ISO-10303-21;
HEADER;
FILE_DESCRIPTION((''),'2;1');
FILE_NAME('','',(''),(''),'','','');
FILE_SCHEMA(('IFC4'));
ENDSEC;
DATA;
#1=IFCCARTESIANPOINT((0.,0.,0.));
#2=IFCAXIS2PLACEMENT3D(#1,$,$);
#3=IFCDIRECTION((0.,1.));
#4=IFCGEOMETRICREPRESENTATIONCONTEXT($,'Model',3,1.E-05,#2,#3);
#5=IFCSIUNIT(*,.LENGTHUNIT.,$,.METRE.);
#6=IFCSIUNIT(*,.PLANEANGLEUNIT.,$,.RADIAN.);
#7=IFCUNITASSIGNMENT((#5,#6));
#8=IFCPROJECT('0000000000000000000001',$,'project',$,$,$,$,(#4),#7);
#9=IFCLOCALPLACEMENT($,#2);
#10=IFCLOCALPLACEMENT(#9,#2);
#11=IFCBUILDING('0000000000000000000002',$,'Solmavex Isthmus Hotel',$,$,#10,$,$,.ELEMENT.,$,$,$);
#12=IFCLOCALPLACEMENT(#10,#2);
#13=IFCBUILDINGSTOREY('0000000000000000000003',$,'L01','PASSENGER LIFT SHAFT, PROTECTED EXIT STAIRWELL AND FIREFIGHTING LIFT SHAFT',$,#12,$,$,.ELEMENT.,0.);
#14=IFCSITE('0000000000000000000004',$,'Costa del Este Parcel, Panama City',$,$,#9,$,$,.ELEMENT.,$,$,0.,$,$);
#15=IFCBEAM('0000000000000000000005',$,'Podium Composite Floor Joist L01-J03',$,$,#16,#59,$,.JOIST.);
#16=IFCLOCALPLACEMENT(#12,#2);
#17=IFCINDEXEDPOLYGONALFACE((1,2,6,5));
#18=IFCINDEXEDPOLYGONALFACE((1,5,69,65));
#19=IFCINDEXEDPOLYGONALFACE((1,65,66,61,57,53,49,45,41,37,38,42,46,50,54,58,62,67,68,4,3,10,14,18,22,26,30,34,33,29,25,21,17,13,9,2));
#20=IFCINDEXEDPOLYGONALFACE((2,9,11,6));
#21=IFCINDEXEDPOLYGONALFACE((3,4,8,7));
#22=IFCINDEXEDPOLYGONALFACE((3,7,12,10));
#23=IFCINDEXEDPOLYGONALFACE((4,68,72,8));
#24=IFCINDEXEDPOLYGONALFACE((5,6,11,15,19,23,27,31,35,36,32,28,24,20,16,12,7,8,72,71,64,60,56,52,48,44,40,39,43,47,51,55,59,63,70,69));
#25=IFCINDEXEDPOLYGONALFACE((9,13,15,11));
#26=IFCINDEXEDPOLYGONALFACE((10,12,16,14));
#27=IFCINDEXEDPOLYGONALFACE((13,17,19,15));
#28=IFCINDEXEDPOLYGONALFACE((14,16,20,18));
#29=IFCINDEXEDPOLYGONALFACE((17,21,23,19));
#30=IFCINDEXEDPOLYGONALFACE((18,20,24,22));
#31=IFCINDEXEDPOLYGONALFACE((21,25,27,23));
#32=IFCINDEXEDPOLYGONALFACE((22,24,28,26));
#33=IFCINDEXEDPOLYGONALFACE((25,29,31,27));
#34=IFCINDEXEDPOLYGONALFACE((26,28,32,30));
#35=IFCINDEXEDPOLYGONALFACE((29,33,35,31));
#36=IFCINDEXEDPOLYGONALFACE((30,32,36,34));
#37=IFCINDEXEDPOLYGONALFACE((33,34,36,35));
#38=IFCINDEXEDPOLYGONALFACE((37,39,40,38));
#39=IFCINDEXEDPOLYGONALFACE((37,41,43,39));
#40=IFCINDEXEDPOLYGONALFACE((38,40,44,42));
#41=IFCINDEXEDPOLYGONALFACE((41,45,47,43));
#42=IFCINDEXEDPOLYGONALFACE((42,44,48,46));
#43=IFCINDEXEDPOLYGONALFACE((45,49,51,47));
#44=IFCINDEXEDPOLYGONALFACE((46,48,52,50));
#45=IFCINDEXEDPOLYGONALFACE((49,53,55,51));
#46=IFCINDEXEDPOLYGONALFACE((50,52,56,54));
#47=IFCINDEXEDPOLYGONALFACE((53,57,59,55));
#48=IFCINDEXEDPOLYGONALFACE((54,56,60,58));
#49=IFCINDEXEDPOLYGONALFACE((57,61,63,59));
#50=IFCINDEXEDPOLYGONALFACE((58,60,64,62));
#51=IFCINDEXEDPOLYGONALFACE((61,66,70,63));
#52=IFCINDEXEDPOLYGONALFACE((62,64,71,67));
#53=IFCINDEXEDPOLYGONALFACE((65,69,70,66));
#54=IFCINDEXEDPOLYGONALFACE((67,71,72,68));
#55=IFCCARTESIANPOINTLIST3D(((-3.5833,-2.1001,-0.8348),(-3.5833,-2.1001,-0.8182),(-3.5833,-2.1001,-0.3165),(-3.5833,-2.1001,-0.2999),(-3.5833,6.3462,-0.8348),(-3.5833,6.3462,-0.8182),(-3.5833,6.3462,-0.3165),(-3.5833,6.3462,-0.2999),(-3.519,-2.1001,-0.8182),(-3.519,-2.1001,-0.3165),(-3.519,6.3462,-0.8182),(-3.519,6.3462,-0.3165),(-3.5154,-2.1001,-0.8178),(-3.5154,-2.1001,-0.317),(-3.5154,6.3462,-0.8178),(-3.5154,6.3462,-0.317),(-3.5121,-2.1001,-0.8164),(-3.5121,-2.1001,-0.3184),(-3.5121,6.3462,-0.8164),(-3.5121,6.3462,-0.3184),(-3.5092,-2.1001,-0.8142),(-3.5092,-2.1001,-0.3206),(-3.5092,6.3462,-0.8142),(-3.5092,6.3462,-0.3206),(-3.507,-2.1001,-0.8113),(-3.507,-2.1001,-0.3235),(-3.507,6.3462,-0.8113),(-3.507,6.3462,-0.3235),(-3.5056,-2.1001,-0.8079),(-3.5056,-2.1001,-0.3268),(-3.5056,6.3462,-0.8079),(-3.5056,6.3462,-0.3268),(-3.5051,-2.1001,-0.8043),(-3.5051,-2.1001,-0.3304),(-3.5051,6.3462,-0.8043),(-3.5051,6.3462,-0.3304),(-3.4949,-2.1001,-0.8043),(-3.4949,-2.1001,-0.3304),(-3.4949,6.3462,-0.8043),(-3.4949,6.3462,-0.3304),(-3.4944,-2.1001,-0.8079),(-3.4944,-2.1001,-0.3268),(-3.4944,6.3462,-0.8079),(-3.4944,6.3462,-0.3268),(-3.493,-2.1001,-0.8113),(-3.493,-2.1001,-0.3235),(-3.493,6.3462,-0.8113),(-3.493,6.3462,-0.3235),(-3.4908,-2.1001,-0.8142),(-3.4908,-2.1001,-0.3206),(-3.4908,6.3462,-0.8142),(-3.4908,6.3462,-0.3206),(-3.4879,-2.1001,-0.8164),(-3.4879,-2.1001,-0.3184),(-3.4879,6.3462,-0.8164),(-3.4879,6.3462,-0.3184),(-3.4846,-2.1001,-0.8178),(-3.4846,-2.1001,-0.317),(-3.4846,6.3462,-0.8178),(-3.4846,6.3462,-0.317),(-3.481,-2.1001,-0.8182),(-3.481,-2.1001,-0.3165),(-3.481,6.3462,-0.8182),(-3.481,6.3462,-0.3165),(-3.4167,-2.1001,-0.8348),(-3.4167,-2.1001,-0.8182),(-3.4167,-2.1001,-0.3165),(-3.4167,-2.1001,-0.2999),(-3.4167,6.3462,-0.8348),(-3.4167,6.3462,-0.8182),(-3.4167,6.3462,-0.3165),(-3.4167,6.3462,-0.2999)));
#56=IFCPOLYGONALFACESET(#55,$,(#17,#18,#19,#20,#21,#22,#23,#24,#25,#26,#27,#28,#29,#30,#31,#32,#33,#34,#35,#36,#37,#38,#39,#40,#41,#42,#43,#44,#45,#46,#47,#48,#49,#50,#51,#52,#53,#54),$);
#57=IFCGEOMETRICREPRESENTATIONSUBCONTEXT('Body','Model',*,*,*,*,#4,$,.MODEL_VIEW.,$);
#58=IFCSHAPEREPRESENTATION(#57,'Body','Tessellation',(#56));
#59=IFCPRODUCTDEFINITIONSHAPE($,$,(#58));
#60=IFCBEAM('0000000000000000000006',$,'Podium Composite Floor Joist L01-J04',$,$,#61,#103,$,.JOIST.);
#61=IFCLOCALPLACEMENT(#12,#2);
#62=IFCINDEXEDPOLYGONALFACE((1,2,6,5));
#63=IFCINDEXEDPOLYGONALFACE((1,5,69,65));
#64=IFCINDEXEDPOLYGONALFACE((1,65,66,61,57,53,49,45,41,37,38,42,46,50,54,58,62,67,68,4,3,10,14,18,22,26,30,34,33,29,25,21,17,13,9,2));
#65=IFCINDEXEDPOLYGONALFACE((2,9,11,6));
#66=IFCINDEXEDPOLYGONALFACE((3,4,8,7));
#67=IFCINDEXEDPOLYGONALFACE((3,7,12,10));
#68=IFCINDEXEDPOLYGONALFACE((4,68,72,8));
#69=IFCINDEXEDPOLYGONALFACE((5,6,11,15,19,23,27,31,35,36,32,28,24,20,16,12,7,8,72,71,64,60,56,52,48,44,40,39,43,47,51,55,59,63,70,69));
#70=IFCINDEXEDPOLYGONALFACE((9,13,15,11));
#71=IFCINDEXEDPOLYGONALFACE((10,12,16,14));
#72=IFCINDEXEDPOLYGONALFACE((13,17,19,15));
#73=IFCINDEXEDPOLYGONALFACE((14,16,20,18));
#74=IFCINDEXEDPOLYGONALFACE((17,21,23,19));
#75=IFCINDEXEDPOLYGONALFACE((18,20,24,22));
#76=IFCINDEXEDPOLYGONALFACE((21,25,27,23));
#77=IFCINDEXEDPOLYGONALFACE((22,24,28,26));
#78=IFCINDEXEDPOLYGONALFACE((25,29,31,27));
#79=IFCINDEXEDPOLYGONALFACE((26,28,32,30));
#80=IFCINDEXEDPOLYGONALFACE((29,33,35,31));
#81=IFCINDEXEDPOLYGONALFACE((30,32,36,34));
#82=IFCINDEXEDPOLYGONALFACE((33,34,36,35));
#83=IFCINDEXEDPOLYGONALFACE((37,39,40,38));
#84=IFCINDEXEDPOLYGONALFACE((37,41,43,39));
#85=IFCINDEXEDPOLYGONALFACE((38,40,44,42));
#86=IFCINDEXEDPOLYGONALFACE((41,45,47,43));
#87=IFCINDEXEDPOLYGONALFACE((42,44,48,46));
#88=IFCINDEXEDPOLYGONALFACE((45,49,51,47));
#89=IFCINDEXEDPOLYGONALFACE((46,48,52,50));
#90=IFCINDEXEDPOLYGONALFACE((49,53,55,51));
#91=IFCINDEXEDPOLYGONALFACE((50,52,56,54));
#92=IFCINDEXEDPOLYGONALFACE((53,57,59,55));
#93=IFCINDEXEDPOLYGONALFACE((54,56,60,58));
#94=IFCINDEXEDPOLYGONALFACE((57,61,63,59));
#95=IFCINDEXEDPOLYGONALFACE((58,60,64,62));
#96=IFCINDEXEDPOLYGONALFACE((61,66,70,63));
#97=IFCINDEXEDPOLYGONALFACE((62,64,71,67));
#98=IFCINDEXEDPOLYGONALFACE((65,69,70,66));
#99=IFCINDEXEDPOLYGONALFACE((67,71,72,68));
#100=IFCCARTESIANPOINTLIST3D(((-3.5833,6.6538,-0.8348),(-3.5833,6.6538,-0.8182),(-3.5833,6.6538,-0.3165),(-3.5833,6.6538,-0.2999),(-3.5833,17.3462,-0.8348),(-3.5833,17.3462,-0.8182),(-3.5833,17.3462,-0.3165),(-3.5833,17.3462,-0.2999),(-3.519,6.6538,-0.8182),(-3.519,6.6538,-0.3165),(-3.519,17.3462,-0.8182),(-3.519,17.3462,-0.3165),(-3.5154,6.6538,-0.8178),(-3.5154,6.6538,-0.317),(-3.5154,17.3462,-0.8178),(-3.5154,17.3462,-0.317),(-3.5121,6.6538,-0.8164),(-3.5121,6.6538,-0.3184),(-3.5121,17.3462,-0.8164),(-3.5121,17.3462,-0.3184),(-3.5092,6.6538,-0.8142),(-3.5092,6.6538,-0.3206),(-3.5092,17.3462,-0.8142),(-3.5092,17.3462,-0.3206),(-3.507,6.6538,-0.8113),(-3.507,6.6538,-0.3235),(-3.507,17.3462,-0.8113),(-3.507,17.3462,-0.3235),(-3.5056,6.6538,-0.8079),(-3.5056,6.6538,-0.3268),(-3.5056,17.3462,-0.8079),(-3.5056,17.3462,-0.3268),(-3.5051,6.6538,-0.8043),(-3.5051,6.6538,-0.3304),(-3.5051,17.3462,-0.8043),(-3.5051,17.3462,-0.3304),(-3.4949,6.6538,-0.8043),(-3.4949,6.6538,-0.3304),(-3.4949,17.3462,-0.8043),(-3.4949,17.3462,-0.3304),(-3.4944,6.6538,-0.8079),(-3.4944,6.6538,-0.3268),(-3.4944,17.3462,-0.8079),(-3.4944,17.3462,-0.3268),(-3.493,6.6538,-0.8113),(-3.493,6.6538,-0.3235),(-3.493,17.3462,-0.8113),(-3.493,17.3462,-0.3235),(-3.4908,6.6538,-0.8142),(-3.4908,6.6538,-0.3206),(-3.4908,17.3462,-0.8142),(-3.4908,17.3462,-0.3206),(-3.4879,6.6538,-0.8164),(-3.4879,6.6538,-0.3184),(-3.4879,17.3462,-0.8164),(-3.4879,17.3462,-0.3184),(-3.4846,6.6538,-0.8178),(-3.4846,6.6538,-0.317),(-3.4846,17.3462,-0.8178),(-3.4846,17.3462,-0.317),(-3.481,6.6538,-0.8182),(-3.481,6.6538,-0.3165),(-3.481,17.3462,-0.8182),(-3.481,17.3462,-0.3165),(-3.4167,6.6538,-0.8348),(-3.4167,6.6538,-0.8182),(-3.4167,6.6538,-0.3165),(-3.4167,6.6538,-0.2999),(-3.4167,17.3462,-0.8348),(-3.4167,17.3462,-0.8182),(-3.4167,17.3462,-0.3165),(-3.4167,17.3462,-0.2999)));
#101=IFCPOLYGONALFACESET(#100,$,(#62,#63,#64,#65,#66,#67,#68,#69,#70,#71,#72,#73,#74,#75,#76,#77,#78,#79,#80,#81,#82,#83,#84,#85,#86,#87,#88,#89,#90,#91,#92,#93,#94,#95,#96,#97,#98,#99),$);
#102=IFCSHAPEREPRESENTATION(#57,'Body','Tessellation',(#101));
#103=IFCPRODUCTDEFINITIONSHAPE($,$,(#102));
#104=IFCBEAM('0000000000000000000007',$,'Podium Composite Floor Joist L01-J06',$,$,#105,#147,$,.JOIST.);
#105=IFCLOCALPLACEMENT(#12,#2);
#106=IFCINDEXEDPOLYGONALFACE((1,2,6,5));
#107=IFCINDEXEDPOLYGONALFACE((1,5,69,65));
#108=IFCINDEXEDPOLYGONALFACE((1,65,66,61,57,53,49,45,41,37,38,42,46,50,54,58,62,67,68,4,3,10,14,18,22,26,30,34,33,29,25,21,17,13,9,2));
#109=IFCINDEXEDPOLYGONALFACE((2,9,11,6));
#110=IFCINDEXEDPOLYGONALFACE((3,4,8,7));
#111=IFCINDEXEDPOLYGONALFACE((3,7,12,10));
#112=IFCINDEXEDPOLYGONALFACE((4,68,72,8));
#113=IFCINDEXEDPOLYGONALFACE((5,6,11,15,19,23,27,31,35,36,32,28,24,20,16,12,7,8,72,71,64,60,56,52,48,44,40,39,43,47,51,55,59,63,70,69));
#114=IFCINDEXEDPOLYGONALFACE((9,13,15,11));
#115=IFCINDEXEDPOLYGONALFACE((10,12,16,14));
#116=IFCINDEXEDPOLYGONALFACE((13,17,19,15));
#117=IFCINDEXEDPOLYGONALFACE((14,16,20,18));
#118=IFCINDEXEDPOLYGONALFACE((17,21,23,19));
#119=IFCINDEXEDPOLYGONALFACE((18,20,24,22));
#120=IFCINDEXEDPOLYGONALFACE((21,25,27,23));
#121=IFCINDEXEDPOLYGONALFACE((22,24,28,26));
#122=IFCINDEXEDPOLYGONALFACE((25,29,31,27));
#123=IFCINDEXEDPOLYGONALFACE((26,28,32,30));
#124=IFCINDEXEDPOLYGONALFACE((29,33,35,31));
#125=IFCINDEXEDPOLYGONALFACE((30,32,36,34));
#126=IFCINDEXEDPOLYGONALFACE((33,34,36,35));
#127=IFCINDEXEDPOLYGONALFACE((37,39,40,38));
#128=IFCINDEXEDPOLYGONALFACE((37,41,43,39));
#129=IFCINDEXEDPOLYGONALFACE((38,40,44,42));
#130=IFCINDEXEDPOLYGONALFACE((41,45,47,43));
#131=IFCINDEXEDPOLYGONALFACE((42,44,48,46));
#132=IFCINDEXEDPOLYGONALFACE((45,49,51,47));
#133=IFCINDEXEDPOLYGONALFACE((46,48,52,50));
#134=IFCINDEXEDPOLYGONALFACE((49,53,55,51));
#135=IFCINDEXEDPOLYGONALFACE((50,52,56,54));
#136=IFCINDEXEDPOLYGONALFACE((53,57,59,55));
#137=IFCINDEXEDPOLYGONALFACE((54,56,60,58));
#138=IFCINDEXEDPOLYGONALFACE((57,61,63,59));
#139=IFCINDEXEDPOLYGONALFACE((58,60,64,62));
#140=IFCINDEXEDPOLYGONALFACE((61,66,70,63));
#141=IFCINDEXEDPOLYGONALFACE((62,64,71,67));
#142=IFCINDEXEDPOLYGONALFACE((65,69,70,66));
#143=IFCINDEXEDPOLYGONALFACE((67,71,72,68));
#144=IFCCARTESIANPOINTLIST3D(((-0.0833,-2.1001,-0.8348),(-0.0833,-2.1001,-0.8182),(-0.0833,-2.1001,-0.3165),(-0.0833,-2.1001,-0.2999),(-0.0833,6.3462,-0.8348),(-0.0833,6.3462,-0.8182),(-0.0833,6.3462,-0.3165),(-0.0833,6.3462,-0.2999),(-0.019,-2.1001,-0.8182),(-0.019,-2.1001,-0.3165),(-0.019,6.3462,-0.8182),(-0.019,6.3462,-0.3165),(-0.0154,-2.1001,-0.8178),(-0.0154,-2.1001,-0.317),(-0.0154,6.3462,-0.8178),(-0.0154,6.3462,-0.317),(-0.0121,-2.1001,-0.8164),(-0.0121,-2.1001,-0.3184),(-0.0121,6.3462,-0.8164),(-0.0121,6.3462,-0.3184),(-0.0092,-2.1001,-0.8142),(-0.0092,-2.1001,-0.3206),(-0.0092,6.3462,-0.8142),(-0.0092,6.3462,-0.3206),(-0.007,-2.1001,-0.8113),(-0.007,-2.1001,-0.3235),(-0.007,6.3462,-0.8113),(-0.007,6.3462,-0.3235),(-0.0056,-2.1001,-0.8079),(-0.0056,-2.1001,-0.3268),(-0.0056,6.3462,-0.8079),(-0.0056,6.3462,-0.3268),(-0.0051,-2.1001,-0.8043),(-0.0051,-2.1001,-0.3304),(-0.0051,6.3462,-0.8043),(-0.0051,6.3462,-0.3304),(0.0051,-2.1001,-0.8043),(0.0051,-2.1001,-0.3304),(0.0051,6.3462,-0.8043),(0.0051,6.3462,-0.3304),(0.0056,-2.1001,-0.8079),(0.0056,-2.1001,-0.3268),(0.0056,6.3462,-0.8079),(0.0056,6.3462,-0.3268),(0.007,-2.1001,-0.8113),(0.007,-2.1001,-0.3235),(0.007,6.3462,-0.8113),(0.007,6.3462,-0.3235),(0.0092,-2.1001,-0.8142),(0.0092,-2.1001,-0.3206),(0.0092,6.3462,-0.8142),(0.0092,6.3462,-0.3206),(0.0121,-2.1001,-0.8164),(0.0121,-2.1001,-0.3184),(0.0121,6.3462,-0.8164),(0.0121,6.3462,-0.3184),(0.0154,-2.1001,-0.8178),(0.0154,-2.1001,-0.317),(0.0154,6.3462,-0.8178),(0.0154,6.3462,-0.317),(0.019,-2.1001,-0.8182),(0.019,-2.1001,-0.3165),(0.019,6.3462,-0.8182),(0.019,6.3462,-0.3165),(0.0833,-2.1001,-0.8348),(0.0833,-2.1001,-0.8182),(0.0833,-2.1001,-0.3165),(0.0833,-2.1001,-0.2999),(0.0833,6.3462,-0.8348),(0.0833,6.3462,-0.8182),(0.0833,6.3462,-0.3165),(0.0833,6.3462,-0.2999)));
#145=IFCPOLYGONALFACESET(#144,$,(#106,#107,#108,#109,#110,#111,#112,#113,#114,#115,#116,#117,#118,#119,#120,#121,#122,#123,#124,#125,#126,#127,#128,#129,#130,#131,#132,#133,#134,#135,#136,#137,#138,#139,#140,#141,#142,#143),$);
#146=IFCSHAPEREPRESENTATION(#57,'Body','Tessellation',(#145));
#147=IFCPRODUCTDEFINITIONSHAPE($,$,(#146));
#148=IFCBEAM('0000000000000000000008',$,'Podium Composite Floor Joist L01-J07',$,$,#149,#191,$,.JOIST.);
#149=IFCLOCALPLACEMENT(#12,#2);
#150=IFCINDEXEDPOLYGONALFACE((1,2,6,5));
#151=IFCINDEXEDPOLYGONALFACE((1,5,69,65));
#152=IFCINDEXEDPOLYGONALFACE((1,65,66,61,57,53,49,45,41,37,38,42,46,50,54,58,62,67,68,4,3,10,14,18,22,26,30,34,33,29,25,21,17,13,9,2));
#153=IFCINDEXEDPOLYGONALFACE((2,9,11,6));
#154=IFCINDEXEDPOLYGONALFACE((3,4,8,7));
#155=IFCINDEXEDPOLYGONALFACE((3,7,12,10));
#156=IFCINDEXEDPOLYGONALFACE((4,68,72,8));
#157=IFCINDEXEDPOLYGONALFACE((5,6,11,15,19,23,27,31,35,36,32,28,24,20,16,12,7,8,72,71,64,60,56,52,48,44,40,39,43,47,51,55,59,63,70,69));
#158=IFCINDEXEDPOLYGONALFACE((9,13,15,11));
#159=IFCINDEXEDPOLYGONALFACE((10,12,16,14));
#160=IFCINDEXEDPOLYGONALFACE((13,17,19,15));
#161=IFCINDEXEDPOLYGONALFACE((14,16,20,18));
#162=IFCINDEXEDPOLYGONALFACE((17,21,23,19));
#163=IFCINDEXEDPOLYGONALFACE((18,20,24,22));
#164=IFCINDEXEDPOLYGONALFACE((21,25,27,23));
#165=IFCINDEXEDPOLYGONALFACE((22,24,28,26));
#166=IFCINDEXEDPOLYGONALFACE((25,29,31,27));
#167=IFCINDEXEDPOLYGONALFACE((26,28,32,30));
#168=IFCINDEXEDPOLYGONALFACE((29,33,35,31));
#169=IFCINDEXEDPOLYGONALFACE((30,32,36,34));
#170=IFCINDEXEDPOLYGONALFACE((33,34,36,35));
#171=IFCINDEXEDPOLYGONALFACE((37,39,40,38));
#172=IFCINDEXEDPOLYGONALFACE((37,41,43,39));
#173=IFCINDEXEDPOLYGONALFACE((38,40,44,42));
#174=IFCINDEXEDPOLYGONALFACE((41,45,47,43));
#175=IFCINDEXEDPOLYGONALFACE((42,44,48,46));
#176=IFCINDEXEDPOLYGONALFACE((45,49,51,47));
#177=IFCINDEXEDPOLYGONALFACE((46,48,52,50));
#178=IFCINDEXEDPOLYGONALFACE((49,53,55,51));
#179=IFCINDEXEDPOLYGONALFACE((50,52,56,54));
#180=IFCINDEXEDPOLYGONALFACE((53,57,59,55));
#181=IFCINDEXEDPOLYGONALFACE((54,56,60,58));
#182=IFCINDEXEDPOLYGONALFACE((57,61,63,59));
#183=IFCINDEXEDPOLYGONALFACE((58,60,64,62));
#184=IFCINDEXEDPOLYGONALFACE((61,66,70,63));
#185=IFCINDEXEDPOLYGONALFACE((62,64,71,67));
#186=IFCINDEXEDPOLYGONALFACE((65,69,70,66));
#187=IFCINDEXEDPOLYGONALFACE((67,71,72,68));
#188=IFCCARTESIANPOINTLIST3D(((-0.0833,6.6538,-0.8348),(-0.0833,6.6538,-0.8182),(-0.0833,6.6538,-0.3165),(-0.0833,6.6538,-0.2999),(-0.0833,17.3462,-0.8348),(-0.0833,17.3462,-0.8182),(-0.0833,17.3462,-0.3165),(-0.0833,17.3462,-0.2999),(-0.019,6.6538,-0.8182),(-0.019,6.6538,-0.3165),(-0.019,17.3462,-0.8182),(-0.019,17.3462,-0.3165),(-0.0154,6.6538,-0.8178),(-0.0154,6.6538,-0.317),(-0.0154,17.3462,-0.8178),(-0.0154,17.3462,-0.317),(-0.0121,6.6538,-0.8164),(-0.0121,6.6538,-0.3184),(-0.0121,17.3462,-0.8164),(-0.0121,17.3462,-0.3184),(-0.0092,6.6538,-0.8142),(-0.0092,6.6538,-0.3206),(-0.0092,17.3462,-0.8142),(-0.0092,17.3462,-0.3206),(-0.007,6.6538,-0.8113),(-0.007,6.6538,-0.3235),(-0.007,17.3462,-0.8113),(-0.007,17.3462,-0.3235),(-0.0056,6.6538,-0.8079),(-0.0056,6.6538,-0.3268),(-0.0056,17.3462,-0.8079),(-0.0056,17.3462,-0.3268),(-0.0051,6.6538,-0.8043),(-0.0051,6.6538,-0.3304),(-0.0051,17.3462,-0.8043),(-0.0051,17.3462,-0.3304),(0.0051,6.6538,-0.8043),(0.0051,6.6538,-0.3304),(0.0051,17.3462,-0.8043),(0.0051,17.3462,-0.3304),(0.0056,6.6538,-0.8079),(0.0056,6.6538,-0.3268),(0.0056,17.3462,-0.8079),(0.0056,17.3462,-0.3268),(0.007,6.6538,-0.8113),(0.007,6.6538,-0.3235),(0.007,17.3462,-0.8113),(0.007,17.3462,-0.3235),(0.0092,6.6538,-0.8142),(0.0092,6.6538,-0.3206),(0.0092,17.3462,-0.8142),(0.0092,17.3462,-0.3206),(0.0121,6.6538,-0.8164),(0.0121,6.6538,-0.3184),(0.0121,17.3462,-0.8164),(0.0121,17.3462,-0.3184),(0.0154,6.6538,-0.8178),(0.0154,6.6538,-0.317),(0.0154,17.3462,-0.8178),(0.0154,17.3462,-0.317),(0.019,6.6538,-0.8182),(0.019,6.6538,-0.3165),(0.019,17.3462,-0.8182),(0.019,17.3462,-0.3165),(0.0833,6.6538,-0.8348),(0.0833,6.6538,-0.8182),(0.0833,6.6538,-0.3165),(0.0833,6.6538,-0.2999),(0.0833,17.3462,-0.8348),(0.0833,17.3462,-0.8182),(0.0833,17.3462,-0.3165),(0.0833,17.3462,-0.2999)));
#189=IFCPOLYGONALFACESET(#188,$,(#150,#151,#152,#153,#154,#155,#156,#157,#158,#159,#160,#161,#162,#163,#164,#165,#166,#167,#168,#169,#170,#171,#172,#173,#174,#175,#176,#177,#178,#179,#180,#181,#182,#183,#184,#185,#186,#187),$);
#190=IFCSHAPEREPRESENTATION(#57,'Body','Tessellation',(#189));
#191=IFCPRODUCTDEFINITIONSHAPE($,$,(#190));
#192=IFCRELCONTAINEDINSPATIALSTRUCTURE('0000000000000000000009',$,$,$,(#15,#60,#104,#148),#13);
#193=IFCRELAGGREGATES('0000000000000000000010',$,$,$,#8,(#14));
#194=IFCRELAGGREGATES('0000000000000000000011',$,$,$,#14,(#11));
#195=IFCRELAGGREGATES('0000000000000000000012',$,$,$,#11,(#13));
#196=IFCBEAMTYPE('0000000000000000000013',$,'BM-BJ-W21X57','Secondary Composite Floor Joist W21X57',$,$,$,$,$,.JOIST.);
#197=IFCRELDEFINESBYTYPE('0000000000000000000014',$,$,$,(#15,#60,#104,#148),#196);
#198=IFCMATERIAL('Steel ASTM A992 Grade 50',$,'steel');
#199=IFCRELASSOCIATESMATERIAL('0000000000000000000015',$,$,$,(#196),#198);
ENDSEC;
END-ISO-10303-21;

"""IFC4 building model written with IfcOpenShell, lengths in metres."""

from ifc_helpers import new_model, si_unit, direction, frame, origin, origin_2d, place, context, subcontext, project, spatial, i_section, extrude, material, material_profile, profile_set, type_object, element, save


model = new_model("IFC4")

# Units and contexts
model_context = context("Model", 3, precision=1e-05, world=origin(), true_north=direction((0.0, 1.0)))
body_context = subcontext(model_context, "Body", "Model", "MODEL_VIEW")
ifc_project = project(units=[si_unit("LENGTHUNIT", "METRE"), si_unit("PLANEANGLEUNIT", "RADIAN")], contexts=[model_context])

# Site, building, storey
site_placement = place(None, origin())
site = spatial("IfcSite", under=ifc_project, at=site_placement, Name="Costa del Este Parcel, Panama City", CompositionType="ELEMENT", RefElevation=0.0)
building_placement = place(site_placement, origin())
building = spatial("IfcBuilding", under=site, at=building_placement, Name="Solmavex Isthmus Hotel", CompositionType="ELEMENT")
storey_placement = place(building_placement, origin())
storey = spatial("IfcBuildingStorey", under=building, at=storey_placement, Name="L01", Description="PASSENGER LIFT SHAFT, PROTECTED EXIT STAIRWELL AND FIREFIGHTING LIFT SHAFT", CompositionType="ELEMENT", Elevation=0.0)

# Beams
ifc_material_1 = material(Name="Steel ASTM A992 Grade 50", Category="steel")
ifc_material_profile_1 = material_profile(ifc_material_1, i_section(OverallWidth=0.1665, OverallDepth=0.5349, WebThickness=0.0103, FlangeThickness=0.0166, FilletRadius=0.0139, at=origin_2d()), Name="W21X57")
ifc_profile_set_1 = profile_set([ifc_material_profile_1], Name="Steel ASTM A992 Grade 50")
beam_type_1 = type_object("IfcBeamType", Name="BM-BJ-W21X57", Description="Secondary Composite Floor Joist W21X57", PredefinedType="JOIST", material=ifc_profile_set_1)
beam_1_placement = place(storey_placement, frame((-3.5, -2.1001, -0.5674), z_axis=(0.0, 1.0, 0.0), x_axis=(-1.0, 0.0, 0.0)))
element("IfcBeam", 1, at=beam_1_placement, inside=storey, type_object=beam_type_1, Name="Podium Composite Floor Joist L01-J03", PredefinedType="JOIST", context=body_context, shape_type="SweptSolid", body=[
    extrude(i_section(OverallWidth=0.1665, OverallDepth=0.5349, WebThickness=0.0103, FlangeThickness=0.0166, FilletRadius=0.0139, at=origin_2d()), origin(), (0.0, 0.0, 1.0), 8.4463),
])
beam_2_placement = place(storey_placement, frame((-3.5, 6.6538, -0.5674), z_axis=(0.0, 1.0, 0.0), x_axis=(-1.0, 0.0, 0.0)))
element("IfcBeam", 2, at=beam_2_placement, inside=storey, type_object=beam_type_1, Name="Podium Composite Floor Joist L01-J04", PredefinedType="JOIST", context=body_context, shape_type="SweptSolid", body=[
    extrude(i_section(OverallWidth=0.1665, OverallDepth=0.5349, WebThickness=0.0103, FlangeThickness=0.0166, FilletRadius=0.0139, at=origin_2d()), origin(), (0.0, 0.0, 1.0), 10.6924),
])
beam_3_placement = place(storey_placement, frame((0.0, -2.1001, -0.5674), z_axis=(0.0, 1.0, 0.0), x_axis=(-1.0, 0.0, 0.0)))
element("IfcBeam", 3, at=beam_3_placement, inside=storey, type_object=beam_type_1, Name="Podium Composite Floor Joist L01-J06", PredefinedType="JOIST", context=body_context, shape_type="SweptSolid", body=[
    extrude(i_section(OverallWidth=0.1665, OverallDepth=0.5349, WebThickness=0.0103, FlangeThickness=0.0166, FilletRadius=0.0139, at=origin_2d()), origin(), (0.0, 0.0, 1.0), 8.4463),
])
beam_4_placement = place(storey_placement, frame((0.0, 6.6538, -0.5674), z_axis=(0.0, 1.0, 0.0), x_axis=(-1.0, 0.0, 0.0)))
element("IfcBeam", 4, at=beam_4_placement, inside=storey, type_object=beam_type_1, Name="Podium Composite Floor Joist L01-J07", PredefinedType="JOIST", context=body_context, shape_type="SweptSolid", body=[
    extrude(i_section(OverallWidth=0.1665, OverallDepth=0.5349, WebThickness=0.0103, FlangeThickness=0.0166, FilletRadius=0.0139, at=origin_2d()), origin(), (0.0, 0.0, 1.0), 10.6924),
])

save(model, "model.ifc")
